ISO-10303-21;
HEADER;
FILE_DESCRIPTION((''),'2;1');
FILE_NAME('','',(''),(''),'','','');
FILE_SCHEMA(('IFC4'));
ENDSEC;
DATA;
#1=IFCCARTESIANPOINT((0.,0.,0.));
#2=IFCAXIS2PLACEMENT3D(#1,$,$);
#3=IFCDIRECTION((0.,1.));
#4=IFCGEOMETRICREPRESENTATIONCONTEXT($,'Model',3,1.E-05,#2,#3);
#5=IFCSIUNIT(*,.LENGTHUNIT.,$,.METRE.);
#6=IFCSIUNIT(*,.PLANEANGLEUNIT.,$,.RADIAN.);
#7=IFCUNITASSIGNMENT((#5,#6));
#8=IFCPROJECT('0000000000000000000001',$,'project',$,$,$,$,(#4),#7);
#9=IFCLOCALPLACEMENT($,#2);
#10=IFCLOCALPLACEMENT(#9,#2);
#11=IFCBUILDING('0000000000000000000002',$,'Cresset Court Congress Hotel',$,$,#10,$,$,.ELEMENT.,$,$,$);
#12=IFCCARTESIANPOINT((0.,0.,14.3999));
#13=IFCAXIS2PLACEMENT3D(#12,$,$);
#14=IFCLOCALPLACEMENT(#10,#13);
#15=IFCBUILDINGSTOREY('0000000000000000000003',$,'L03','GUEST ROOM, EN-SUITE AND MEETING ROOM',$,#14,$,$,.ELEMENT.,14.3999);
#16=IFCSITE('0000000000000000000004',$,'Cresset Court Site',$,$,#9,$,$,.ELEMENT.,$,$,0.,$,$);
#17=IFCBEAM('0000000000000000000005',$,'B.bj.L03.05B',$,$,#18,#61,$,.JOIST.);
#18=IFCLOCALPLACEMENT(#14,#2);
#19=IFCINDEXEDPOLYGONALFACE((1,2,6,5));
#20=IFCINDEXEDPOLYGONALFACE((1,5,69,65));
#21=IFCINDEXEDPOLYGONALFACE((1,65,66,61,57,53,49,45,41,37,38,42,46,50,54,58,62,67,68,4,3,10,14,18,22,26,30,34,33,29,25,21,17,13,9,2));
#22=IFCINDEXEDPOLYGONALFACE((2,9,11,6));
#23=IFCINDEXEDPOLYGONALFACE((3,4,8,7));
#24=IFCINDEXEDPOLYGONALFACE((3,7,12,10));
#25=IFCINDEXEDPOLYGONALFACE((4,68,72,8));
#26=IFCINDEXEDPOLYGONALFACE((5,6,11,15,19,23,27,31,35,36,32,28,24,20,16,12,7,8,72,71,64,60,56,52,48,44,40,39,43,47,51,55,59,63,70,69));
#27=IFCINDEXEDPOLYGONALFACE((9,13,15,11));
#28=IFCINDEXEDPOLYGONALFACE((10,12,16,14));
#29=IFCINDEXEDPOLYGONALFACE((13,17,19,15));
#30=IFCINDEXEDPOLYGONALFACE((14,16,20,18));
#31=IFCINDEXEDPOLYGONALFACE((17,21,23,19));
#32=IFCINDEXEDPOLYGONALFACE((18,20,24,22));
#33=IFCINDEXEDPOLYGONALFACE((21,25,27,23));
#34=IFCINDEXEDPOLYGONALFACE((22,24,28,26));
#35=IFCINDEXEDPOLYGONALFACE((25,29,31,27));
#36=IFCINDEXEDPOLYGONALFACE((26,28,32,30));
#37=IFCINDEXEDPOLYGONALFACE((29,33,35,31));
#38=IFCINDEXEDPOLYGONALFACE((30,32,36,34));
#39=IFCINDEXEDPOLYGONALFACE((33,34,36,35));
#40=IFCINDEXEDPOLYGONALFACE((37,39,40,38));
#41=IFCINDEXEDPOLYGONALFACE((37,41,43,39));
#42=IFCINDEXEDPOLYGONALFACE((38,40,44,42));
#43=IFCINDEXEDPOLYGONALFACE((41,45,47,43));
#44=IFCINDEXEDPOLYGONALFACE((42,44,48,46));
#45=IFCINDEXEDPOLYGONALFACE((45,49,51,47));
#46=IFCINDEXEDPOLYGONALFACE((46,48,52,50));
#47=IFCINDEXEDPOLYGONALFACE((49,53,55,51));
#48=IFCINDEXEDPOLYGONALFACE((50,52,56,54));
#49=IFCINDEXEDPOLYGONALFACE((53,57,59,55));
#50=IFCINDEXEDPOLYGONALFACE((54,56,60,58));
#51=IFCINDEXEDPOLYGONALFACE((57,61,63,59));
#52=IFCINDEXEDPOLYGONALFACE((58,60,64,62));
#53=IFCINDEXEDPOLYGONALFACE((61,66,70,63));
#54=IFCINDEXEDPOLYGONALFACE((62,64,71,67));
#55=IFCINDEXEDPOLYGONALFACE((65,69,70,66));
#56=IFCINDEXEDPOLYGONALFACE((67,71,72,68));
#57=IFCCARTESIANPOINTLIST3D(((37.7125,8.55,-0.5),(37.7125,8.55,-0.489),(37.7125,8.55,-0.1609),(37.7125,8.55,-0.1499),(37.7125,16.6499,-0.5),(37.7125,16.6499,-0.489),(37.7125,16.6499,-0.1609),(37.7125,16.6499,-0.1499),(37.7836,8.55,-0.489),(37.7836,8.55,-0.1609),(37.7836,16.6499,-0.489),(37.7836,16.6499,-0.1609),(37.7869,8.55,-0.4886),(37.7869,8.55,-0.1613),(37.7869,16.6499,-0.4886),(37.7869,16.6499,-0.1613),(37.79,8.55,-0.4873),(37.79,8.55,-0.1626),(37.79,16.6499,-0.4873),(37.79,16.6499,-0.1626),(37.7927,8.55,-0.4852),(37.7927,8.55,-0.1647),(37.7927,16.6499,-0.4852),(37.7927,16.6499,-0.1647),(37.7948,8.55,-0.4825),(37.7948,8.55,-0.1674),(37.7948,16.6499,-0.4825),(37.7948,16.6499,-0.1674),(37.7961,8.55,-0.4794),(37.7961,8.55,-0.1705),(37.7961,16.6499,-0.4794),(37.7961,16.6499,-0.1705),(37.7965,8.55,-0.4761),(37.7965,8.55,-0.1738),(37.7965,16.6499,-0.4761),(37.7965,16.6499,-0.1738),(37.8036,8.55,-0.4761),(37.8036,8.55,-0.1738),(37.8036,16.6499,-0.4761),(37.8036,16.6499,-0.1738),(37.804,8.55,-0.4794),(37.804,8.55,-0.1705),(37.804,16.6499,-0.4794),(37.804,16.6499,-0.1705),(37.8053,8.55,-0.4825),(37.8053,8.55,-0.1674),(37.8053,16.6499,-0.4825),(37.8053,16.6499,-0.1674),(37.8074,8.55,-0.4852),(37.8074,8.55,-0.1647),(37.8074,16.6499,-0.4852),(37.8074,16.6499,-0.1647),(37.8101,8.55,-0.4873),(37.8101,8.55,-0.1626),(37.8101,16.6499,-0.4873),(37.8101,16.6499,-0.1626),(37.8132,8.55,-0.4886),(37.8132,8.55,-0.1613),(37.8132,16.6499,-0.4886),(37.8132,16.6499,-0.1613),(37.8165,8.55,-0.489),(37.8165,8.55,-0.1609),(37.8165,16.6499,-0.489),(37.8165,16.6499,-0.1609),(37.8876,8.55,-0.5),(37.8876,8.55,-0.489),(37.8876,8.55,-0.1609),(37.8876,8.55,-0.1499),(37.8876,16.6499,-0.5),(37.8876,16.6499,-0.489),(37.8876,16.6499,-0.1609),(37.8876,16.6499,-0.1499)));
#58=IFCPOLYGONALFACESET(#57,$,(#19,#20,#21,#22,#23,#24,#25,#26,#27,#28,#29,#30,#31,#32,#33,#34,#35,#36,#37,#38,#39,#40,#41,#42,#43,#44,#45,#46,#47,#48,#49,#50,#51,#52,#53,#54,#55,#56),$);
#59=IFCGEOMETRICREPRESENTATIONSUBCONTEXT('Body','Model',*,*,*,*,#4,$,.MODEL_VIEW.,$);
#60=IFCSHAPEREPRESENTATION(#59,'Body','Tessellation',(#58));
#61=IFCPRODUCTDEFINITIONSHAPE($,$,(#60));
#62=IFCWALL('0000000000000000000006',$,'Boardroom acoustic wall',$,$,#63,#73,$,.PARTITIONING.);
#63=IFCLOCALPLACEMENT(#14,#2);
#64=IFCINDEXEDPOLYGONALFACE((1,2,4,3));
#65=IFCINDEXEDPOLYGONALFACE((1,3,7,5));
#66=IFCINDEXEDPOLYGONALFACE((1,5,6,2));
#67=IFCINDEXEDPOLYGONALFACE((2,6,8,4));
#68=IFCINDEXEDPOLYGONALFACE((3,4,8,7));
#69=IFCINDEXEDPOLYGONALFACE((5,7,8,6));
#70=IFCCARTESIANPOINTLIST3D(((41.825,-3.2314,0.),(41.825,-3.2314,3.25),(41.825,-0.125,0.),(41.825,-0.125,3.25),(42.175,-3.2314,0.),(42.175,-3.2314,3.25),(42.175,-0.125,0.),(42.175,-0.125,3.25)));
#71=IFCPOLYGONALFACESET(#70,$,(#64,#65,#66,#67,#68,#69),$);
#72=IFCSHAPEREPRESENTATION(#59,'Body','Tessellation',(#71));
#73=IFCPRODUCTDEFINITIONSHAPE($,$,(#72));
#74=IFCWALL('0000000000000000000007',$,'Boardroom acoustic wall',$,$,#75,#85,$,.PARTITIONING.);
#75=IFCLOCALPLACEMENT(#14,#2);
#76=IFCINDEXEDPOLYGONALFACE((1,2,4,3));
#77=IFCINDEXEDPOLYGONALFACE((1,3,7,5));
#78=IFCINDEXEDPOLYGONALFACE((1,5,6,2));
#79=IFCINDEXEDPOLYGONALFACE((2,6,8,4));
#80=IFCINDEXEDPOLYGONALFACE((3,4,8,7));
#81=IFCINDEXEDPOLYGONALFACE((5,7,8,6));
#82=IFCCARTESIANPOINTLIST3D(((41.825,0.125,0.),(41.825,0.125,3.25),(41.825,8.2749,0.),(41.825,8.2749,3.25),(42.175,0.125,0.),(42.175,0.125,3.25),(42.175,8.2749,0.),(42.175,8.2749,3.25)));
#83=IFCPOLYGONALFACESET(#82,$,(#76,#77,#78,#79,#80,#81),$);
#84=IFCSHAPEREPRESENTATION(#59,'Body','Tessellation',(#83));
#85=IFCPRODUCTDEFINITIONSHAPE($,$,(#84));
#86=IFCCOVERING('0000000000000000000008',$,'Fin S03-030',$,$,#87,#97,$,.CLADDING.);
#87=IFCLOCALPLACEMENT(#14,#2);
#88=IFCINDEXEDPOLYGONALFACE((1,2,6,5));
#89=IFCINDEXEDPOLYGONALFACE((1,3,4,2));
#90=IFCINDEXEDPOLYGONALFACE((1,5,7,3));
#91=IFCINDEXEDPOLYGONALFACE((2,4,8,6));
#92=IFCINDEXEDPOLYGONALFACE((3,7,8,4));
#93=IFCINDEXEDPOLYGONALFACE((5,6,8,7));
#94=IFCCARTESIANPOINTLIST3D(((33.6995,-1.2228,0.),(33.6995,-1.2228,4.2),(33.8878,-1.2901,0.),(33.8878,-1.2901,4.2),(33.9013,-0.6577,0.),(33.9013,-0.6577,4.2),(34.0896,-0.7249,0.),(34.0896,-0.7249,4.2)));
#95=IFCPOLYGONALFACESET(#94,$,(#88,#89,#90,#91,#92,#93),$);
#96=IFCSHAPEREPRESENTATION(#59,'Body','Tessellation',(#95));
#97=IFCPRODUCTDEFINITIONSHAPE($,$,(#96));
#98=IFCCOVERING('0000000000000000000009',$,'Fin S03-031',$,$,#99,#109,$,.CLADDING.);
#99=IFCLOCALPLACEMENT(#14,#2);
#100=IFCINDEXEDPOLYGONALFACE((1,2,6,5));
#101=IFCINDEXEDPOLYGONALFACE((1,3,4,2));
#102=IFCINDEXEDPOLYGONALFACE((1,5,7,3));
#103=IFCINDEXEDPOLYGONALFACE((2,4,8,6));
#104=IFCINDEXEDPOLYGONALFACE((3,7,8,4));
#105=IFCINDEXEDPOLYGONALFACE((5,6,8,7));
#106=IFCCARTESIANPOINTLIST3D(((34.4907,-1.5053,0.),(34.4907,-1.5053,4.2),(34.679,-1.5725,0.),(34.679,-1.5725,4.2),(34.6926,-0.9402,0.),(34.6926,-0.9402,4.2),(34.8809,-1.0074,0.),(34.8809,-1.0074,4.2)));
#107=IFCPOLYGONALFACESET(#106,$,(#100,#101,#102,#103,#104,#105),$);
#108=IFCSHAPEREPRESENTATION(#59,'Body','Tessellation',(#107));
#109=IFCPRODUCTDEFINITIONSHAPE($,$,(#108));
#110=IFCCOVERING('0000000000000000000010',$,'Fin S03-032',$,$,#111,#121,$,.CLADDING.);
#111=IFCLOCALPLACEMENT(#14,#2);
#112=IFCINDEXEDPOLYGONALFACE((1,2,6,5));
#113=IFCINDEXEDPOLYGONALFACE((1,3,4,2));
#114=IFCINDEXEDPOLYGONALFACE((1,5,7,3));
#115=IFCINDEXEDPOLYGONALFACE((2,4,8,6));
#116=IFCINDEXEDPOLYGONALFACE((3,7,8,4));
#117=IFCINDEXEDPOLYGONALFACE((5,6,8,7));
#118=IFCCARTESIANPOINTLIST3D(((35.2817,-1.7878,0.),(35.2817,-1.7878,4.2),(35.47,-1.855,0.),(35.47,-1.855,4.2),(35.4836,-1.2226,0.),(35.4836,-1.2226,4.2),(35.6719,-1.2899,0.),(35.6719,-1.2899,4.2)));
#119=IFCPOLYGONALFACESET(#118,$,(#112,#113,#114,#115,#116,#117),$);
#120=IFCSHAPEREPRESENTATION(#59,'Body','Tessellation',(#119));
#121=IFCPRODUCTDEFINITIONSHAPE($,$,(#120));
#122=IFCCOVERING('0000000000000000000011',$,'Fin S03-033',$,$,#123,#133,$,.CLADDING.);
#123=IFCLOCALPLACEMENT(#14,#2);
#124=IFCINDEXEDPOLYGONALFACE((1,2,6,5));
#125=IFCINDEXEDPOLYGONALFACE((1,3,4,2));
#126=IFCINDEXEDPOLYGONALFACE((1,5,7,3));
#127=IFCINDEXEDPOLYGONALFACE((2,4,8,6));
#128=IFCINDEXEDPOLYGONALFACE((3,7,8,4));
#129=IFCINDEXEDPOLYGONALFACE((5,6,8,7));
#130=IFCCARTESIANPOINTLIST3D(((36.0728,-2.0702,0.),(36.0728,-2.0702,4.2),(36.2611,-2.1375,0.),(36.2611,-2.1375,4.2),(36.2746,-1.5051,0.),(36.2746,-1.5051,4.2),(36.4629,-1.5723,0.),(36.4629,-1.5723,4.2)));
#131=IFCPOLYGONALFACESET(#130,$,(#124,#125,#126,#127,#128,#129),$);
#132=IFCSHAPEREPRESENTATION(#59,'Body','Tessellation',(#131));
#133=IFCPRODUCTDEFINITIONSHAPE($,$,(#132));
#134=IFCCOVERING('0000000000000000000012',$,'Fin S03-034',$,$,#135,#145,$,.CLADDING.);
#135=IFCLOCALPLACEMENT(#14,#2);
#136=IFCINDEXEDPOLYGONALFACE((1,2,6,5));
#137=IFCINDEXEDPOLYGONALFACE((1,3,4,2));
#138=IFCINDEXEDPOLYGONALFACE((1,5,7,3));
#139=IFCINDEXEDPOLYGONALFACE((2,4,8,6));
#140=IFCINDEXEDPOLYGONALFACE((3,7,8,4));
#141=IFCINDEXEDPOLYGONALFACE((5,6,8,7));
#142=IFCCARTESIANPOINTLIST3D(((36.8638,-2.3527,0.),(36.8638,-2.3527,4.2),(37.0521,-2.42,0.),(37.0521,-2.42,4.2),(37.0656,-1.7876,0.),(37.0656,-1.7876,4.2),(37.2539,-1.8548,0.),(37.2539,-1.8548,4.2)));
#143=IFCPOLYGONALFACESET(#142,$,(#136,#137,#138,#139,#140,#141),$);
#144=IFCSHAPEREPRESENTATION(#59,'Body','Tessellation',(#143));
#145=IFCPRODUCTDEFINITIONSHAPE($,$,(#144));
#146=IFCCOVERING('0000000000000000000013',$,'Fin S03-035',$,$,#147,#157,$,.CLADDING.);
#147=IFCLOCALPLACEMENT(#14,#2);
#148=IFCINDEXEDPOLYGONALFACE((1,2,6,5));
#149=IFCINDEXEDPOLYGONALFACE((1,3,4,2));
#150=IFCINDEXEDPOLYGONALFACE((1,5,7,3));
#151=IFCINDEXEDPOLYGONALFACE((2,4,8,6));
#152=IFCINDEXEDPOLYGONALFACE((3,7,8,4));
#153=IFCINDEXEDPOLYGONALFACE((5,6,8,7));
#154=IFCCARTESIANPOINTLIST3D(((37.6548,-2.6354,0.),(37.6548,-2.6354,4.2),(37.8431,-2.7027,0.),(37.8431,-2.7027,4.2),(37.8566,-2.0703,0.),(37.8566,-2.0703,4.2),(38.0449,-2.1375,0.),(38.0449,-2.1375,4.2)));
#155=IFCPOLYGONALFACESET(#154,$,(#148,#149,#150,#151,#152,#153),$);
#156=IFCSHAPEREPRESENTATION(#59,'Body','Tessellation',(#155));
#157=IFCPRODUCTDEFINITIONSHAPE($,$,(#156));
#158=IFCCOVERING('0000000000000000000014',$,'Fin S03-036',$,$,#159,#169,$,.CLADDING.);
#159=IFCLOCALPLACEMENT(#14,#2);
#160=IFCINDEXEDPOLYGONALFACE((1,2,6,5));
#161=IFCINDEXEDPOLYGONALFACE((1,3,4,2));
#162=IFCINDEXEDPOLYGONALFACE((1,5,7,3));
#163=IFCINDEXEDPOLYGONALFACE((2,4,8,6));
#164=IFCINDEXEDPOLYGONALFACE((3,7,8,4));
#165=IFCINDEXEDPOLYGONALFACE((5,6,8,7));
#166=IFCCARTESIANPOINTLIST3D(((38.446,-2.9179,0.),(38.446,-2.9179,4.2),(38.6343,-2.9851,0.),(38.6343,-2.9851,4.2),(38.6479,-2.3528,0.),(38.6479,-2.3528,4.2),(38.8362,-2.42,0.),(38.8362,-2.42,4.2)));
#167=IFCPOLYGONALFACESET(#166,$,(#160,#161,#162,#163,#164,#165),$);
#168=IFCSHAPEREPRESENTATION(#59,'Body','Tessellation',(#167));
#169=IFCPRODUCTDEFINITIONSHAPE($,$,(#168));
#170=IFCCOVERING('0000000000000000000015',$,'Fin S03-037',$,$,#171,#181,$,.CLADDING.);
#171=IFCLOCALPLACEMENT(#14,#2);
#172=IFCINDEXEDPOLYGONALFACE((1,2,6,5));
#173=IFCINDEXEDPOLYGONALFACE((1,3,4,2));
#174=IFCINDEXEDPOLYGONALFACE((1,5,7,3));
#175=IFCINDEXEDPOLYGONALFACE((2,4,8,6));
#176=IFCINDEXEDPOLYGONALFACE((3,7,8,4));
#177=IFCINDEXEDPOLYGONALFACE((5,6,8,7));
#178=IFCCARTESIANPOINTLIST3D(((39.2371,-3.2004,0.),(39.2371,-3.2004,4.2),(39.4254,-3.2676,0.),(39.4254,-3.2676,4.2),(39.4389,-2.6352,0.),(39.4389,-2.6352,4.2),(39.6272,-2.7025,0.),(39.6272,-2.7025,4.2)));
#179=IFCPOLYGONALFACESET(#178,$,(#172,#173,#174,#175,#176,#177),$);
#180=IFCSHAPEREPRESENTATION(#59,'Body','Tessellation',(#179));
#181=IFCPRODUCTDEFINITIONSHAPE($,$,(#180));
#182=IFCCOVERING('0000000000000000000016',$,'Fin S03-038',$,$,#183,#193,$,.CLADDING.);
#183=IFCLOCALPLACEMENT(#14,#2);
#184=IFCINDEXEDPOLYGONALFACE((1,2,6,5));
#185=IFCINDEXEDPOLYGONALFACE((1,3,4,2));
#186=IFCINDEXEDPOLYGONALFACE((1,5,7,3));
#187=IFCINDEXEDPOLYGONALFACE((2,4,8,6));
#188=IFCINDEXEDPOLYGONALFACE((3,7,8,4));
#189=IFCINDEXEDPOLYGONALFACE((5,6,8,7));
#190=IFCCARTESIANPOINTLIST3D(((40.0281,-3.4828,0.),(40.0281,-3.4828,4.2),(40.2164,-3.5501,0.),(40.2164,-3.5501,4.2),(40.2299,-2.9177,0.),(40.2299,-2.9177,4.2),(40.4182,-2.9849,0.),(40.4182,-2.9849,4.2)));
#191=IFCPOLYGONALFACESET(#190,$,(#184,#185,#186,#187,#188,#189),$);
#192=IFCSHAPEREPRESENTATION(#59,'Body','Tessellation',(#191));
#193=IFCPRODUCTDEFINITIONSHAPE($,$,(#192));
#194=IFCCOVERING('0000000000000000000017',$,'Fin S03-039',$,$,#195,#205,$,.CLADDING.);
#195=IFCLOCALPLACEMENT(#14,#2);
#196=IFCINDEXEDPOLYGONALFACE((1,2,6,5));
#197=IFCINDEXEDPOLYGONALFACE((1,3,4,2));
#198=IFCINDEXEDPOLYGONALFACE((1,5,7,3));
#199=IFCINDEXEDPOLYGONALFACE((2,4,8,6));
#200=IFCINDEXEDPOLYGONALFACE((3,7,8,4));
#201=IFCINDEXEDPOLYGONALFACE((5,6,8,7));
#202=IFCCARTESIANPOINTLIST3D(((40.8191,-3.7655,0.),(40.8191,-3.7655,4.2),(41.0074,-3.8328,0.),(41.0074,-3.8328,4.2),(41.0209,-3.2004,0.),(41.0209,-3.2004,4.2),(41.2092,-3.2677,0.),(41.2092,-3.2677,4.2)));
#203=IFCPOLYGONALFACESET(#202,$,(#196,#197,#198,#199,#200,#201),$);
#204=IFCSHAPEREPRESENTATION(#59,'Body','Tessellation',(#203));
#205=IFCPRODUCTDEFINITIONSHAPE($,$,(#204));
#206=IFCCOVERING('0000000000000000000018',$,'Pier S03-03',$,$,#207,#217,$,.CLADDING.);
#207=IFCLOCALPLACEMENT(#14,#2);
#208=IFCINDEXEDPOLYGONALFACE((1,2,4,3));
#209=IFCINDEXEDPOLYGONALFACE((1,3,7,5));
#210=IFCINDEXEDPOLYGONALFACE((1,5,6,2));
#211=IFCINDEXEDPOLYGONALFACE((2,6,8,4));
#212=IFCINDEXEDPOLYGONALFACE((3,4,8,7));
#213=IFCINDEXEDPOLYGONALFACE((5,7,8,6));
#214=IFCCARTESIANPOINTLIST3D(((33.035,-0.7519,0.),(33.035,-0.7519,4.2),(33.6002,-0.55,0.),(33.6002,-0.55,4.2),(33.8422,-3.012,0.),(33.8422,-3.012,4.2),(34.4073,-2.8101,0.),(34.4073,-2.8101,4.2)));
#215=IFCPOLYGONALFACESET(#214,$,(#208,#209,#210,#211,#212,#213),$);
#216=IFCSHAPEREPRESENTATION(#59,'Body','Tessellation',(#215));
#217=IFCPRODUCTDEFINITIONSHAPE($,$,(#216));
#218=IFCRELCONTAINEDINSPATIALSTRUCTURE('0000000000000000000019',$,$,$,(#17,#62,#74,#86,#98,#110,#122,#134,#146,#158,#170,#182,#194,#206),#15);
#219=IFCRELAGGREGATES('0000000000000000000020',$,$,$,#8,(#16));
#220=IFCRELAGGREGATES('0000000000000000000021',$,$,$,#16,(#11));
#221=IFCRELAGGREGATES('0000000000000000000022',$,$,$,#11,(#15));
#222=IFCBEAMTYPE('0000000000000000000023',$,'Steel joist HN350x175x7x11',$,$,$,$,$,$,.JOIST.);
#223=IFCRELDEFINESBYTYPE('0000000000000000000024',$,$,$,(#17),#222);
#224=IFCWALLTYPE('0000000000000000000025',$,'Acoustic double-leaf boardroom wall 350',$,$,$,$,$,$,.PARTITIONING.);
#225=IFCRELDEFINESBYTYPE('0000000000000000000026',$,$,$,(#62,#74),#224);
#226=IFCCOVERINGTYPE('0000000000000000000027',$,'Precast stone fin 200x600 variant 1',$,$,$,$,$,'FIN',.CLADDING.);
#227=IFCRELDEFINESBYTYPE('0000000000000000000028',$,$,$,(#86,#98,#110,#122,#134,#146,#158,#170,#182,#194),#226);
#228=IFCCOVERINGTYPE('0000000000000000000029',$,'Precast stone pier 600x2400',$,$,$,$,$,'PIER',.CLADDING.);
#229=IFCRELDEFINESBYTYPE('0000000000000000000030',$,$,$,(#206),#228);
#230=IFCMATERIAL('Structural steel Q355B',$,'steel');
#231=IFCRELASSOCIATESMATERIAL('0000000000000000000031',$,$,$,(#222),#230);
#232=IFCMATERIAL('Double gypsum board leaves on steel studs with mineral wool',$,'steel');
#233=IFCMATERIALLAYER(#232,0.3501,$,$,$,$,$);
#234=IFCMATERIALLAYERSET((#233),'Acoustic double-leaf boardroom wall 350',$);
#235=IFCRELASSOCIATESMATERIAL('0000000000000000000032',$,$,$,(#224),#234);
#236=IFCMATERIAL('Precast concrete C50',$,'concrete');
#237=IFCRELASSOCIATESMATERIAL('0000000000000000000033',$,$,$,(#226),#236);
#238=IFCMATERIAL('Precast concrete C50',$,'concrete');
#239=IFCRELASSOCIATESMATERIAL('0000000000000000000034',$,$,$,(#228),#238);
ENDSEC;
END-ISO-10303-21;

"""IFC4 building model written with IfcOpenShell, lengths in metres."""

from ifc_helpers import new_model, si_unit, direction, frame, frame_2d, origin, origin_2d, place, context, subcontext, project, spatial, rectangle, i_section, extrude, material, layer, layer_set, material_profile, profile_set, type_object, element, save


model = new_model("IFC4")

# Units and contexts
model_context = context("Model", 3, precision=1e-05, world=origin(), true_north=direction((0.0, 1.0)))
body_context = subcontext(model_context, "Body", "Model", "MODEL_VIEW")
ifc_project = project(units=[si_unit("LENGTHUNIT", "METRE"), si_unit("PLANEANGLEUNIT", "RADIAN")], contexts=[model_context])

# Site, building, storey
site_placement = place(None, origin())
site = spatial("IfcSite", under=ifc_project, at=site_placement, Name="Cresset Court Site", CompositionType="ELEMENT", RefElevation=0.0)
building_placement = place(site_placement, origin())
building = spatial("IfcBuilding", under=site, at=building_placement, Name="Cresset Court Congress Hotel", CompositionType="ELEMENT")
storey_placement = place(building_placement, frame((0.0, 0.0, 14.3999)))
storey = spatial("IfcBuildingStorey", under=building, at=storey_placement, Name="L03", Description="GUEST ROOM, EN-SUITE AND MEETING ROOM", CompositionType="ELEMENT", Elevation=14.3999)

# Beam
ifc_material_1 = material(Name="Structural steel Q355B", Category="steel")
ifc_material_profile_1 = material_profile(ifc_material_1, i_section(OverallWidth=0.175, OverallDepth=0.3501, WebThickness=0.0071, FlangeThickness=0.011, FilletRadius=0.0129, at=origin_2d()), Name="HN350x175x7x11")
ifc_profile_set_1 = profile_set([ifc_material_profile_1], Name="Structural steel Q355B")
beam_type_1 = type_object("IfcBeamType", Name="Steel joist HN350x175x7x11", PredefinedType="JOIST", material=ifc_profile_set_1)
beam_1_placement = place(storey_placement, frame((37.8, 8.55, -0.325), z_axis=(0.0, 1.0, 0.0), x_axis=(-1.0, 0.0, 0.0)))
element("IfcBeam", 1, at=beam_1_placement, inside=storey, type_object=beam_type_1, Name="B.bj.L03.05B", PredefinedType="JOIST", context=body_context, shape_type="SweptSolid", body=[
    extrude(i_section(OverallWidth=0.175, OverallDepth=0.3501, WebThickness=0.0071, FlangeThickness=0.011, FilletRadius=0.0129, at=origin_2d()), origin(), (0.0, 0.0, 1.0), 8.0999),
])

# Shared definitions
ifc_material_2 = material(Name="Double gypsum board leaves on steel studs with mineral wool", Category="steel")
ifc_layer_1 = layer(ifc_material_2, 0.3501)
ifc_layer_set_1 = layer_set([ifc_layer_1], Name="Acoustic double-leaf boardroom wall 350")
wall_type = type_object("IfcWallType", Name="Acoustic double-leaf boardroom wall 350", PredefinedType="PARTITIONING", material=ifc_layer_set_1)

# Walls
wall_1_placement = place(storey_placement, frame((42.0, -3.2314, 0.0), z_axis=(0.0, 0.0, 1.0), x_axis=(0.0, 1.0, 0.0)))
element("IfcWall", 2, at=wall_1_placement, inside=storey, type_object=wall_type, Name="Boardroom acoustic wall", PredefinedType="PARTITIONING", context=body_context, shape_type="SweptSolid", body=[
    extrude(rectangle(XDim=3.1064, YDim=0.3501, at=frame_2d((1.5532, 0.0))), origin(), (0.0, 0.0, 1.0), 3.25),
])
wall_2_placement = place(storey_placement, frame((42.0, 0.125, 0.0), z_axis=(0.0, 0.0, 1.0), x_axis=(0.0, 1.0, 0.0)))
element("IfcWall", 3, at=wall_2_placement, inside=storey, type_object=wall_type, Name="Boardroom acoustic wall", PredefinedType="PARTITIONING", context=body_context, shape_type="SweptSolid", body=[
    extrude(rectangle(XDim=8.1499, YDim=0.3501, at=frame_2d((4.075, 0.0))), origin(), (0.0, 0.0, 1.0), 3.25),
])

# Coverings
ifc_material_3 = material(Name="Precast concrete C50", Category="concrete")
covering_type_1 = type_object("IfcCoveringType", Name="Precast stone fin 200x600 variant 1", ElementType="FIN", PredefinedType="CLADDING", material=ifc_material_3)
for number, where, z_axis, x_axis, name in (
    (4, (33.8945, -0.9739, 0.0), (0.0, 0.0, 1.0), (0.941742, -0.336336, 0.0), "Fin S03-030"),
    (5, (34.6858, -1.2563, 0.0), (0.0, 0.0, 1.0), (0.941742, -0.336336, 0.0), "Fin S03-031"),
    (6, (35.4768, -1.5388, 0.0), (0.0, 0.0, 1.0), (0.941742, -0.336336, 0.0), "Fin S03-032"),
    (7, (36.2678, -1.8213, 0.0), (0.0, 0.0, 1.0), (0.941742, -0.336336, 0.0), "Fin S03-033"),
    (8, (37.0588, -2.1038, 0.0), (0.0, 0.0, 1.0), (0.941742, -0.336336, 0.0), "Fin S03-034"),
    (9, (37.8499, -2.3865, 0.0), (0.0, 0.0, 1.0), (0.941742, -0.336336, 0.0), "Fin S03-035"),
    (10, (38.6411, -2.6689, 0.0), (0.0, 0.0, 1.0), (0.941742, -0.336336, 0.0), "Fin S03-036"),
    (11, (39.4321, -2.9514, 0.0), (0.0, 0.0, 1.0), (0.941742, -0.336336, 0.0), "Fin S03-037"),
    (12, (40.2231, -3.2339, 0.0), (0.0, 0.0, 1.0), (0.941742, -0.336336, 0.0), "Fin S03-038"),
    (13, (41.0142, -3.5166, 0.0), (0.0, 0.0, 1.0), (0.941742, -0.336336, 0.0), "Fin S03-039"),
):
    element("IfcCovering", number, at=place(storey_placement, frame(where, z_axis=z_axis, x_axis=x_axis)), inside=storey, type_object=covering_type_1, Name=name, PredefinedType="CLADDING", context=body_context, shape_type="SweptSolid", body=[
        extrude(rectangle(XDim=0.2, YDim=0.6001, at=origin_2d()), origin(), (0.0, 0.0, 1.0), 4.2),
    ])
ifc_material_4 = material(Name="Precast concrete C50", Category="concrete")
covering_type_2 = type_object("IfcCoveringType", Name="Precast stone pier 600x2400", ElementType="PIER", PredefinedType="CLADDING", material=ifc_material_4)
for number, where, z_axis, x_axis, name in (
    (14, (33.7212, -1.781, 0.0), (0.0, 0.0, 1.0), (0.941742, 0.336336, 0.0), "Pier S03-03"),
):
    element("IfcCovering", number, at=place(storey_placement, frame(where, z_axis=z_axis, x_axis=x_axis)), inside=storey, type_object=covering_type_2, Name=name, PredefinedType="CLADDING", context=body_context, shape_type="SweptSolid", body=[
        extrude(rectangle(XDim=0.6001, YDim=2.3999, at=origin_2d()), origin(), (0.0, 0.0, 1.0), 4.2),
    ])

save(model, "model.ifc")
